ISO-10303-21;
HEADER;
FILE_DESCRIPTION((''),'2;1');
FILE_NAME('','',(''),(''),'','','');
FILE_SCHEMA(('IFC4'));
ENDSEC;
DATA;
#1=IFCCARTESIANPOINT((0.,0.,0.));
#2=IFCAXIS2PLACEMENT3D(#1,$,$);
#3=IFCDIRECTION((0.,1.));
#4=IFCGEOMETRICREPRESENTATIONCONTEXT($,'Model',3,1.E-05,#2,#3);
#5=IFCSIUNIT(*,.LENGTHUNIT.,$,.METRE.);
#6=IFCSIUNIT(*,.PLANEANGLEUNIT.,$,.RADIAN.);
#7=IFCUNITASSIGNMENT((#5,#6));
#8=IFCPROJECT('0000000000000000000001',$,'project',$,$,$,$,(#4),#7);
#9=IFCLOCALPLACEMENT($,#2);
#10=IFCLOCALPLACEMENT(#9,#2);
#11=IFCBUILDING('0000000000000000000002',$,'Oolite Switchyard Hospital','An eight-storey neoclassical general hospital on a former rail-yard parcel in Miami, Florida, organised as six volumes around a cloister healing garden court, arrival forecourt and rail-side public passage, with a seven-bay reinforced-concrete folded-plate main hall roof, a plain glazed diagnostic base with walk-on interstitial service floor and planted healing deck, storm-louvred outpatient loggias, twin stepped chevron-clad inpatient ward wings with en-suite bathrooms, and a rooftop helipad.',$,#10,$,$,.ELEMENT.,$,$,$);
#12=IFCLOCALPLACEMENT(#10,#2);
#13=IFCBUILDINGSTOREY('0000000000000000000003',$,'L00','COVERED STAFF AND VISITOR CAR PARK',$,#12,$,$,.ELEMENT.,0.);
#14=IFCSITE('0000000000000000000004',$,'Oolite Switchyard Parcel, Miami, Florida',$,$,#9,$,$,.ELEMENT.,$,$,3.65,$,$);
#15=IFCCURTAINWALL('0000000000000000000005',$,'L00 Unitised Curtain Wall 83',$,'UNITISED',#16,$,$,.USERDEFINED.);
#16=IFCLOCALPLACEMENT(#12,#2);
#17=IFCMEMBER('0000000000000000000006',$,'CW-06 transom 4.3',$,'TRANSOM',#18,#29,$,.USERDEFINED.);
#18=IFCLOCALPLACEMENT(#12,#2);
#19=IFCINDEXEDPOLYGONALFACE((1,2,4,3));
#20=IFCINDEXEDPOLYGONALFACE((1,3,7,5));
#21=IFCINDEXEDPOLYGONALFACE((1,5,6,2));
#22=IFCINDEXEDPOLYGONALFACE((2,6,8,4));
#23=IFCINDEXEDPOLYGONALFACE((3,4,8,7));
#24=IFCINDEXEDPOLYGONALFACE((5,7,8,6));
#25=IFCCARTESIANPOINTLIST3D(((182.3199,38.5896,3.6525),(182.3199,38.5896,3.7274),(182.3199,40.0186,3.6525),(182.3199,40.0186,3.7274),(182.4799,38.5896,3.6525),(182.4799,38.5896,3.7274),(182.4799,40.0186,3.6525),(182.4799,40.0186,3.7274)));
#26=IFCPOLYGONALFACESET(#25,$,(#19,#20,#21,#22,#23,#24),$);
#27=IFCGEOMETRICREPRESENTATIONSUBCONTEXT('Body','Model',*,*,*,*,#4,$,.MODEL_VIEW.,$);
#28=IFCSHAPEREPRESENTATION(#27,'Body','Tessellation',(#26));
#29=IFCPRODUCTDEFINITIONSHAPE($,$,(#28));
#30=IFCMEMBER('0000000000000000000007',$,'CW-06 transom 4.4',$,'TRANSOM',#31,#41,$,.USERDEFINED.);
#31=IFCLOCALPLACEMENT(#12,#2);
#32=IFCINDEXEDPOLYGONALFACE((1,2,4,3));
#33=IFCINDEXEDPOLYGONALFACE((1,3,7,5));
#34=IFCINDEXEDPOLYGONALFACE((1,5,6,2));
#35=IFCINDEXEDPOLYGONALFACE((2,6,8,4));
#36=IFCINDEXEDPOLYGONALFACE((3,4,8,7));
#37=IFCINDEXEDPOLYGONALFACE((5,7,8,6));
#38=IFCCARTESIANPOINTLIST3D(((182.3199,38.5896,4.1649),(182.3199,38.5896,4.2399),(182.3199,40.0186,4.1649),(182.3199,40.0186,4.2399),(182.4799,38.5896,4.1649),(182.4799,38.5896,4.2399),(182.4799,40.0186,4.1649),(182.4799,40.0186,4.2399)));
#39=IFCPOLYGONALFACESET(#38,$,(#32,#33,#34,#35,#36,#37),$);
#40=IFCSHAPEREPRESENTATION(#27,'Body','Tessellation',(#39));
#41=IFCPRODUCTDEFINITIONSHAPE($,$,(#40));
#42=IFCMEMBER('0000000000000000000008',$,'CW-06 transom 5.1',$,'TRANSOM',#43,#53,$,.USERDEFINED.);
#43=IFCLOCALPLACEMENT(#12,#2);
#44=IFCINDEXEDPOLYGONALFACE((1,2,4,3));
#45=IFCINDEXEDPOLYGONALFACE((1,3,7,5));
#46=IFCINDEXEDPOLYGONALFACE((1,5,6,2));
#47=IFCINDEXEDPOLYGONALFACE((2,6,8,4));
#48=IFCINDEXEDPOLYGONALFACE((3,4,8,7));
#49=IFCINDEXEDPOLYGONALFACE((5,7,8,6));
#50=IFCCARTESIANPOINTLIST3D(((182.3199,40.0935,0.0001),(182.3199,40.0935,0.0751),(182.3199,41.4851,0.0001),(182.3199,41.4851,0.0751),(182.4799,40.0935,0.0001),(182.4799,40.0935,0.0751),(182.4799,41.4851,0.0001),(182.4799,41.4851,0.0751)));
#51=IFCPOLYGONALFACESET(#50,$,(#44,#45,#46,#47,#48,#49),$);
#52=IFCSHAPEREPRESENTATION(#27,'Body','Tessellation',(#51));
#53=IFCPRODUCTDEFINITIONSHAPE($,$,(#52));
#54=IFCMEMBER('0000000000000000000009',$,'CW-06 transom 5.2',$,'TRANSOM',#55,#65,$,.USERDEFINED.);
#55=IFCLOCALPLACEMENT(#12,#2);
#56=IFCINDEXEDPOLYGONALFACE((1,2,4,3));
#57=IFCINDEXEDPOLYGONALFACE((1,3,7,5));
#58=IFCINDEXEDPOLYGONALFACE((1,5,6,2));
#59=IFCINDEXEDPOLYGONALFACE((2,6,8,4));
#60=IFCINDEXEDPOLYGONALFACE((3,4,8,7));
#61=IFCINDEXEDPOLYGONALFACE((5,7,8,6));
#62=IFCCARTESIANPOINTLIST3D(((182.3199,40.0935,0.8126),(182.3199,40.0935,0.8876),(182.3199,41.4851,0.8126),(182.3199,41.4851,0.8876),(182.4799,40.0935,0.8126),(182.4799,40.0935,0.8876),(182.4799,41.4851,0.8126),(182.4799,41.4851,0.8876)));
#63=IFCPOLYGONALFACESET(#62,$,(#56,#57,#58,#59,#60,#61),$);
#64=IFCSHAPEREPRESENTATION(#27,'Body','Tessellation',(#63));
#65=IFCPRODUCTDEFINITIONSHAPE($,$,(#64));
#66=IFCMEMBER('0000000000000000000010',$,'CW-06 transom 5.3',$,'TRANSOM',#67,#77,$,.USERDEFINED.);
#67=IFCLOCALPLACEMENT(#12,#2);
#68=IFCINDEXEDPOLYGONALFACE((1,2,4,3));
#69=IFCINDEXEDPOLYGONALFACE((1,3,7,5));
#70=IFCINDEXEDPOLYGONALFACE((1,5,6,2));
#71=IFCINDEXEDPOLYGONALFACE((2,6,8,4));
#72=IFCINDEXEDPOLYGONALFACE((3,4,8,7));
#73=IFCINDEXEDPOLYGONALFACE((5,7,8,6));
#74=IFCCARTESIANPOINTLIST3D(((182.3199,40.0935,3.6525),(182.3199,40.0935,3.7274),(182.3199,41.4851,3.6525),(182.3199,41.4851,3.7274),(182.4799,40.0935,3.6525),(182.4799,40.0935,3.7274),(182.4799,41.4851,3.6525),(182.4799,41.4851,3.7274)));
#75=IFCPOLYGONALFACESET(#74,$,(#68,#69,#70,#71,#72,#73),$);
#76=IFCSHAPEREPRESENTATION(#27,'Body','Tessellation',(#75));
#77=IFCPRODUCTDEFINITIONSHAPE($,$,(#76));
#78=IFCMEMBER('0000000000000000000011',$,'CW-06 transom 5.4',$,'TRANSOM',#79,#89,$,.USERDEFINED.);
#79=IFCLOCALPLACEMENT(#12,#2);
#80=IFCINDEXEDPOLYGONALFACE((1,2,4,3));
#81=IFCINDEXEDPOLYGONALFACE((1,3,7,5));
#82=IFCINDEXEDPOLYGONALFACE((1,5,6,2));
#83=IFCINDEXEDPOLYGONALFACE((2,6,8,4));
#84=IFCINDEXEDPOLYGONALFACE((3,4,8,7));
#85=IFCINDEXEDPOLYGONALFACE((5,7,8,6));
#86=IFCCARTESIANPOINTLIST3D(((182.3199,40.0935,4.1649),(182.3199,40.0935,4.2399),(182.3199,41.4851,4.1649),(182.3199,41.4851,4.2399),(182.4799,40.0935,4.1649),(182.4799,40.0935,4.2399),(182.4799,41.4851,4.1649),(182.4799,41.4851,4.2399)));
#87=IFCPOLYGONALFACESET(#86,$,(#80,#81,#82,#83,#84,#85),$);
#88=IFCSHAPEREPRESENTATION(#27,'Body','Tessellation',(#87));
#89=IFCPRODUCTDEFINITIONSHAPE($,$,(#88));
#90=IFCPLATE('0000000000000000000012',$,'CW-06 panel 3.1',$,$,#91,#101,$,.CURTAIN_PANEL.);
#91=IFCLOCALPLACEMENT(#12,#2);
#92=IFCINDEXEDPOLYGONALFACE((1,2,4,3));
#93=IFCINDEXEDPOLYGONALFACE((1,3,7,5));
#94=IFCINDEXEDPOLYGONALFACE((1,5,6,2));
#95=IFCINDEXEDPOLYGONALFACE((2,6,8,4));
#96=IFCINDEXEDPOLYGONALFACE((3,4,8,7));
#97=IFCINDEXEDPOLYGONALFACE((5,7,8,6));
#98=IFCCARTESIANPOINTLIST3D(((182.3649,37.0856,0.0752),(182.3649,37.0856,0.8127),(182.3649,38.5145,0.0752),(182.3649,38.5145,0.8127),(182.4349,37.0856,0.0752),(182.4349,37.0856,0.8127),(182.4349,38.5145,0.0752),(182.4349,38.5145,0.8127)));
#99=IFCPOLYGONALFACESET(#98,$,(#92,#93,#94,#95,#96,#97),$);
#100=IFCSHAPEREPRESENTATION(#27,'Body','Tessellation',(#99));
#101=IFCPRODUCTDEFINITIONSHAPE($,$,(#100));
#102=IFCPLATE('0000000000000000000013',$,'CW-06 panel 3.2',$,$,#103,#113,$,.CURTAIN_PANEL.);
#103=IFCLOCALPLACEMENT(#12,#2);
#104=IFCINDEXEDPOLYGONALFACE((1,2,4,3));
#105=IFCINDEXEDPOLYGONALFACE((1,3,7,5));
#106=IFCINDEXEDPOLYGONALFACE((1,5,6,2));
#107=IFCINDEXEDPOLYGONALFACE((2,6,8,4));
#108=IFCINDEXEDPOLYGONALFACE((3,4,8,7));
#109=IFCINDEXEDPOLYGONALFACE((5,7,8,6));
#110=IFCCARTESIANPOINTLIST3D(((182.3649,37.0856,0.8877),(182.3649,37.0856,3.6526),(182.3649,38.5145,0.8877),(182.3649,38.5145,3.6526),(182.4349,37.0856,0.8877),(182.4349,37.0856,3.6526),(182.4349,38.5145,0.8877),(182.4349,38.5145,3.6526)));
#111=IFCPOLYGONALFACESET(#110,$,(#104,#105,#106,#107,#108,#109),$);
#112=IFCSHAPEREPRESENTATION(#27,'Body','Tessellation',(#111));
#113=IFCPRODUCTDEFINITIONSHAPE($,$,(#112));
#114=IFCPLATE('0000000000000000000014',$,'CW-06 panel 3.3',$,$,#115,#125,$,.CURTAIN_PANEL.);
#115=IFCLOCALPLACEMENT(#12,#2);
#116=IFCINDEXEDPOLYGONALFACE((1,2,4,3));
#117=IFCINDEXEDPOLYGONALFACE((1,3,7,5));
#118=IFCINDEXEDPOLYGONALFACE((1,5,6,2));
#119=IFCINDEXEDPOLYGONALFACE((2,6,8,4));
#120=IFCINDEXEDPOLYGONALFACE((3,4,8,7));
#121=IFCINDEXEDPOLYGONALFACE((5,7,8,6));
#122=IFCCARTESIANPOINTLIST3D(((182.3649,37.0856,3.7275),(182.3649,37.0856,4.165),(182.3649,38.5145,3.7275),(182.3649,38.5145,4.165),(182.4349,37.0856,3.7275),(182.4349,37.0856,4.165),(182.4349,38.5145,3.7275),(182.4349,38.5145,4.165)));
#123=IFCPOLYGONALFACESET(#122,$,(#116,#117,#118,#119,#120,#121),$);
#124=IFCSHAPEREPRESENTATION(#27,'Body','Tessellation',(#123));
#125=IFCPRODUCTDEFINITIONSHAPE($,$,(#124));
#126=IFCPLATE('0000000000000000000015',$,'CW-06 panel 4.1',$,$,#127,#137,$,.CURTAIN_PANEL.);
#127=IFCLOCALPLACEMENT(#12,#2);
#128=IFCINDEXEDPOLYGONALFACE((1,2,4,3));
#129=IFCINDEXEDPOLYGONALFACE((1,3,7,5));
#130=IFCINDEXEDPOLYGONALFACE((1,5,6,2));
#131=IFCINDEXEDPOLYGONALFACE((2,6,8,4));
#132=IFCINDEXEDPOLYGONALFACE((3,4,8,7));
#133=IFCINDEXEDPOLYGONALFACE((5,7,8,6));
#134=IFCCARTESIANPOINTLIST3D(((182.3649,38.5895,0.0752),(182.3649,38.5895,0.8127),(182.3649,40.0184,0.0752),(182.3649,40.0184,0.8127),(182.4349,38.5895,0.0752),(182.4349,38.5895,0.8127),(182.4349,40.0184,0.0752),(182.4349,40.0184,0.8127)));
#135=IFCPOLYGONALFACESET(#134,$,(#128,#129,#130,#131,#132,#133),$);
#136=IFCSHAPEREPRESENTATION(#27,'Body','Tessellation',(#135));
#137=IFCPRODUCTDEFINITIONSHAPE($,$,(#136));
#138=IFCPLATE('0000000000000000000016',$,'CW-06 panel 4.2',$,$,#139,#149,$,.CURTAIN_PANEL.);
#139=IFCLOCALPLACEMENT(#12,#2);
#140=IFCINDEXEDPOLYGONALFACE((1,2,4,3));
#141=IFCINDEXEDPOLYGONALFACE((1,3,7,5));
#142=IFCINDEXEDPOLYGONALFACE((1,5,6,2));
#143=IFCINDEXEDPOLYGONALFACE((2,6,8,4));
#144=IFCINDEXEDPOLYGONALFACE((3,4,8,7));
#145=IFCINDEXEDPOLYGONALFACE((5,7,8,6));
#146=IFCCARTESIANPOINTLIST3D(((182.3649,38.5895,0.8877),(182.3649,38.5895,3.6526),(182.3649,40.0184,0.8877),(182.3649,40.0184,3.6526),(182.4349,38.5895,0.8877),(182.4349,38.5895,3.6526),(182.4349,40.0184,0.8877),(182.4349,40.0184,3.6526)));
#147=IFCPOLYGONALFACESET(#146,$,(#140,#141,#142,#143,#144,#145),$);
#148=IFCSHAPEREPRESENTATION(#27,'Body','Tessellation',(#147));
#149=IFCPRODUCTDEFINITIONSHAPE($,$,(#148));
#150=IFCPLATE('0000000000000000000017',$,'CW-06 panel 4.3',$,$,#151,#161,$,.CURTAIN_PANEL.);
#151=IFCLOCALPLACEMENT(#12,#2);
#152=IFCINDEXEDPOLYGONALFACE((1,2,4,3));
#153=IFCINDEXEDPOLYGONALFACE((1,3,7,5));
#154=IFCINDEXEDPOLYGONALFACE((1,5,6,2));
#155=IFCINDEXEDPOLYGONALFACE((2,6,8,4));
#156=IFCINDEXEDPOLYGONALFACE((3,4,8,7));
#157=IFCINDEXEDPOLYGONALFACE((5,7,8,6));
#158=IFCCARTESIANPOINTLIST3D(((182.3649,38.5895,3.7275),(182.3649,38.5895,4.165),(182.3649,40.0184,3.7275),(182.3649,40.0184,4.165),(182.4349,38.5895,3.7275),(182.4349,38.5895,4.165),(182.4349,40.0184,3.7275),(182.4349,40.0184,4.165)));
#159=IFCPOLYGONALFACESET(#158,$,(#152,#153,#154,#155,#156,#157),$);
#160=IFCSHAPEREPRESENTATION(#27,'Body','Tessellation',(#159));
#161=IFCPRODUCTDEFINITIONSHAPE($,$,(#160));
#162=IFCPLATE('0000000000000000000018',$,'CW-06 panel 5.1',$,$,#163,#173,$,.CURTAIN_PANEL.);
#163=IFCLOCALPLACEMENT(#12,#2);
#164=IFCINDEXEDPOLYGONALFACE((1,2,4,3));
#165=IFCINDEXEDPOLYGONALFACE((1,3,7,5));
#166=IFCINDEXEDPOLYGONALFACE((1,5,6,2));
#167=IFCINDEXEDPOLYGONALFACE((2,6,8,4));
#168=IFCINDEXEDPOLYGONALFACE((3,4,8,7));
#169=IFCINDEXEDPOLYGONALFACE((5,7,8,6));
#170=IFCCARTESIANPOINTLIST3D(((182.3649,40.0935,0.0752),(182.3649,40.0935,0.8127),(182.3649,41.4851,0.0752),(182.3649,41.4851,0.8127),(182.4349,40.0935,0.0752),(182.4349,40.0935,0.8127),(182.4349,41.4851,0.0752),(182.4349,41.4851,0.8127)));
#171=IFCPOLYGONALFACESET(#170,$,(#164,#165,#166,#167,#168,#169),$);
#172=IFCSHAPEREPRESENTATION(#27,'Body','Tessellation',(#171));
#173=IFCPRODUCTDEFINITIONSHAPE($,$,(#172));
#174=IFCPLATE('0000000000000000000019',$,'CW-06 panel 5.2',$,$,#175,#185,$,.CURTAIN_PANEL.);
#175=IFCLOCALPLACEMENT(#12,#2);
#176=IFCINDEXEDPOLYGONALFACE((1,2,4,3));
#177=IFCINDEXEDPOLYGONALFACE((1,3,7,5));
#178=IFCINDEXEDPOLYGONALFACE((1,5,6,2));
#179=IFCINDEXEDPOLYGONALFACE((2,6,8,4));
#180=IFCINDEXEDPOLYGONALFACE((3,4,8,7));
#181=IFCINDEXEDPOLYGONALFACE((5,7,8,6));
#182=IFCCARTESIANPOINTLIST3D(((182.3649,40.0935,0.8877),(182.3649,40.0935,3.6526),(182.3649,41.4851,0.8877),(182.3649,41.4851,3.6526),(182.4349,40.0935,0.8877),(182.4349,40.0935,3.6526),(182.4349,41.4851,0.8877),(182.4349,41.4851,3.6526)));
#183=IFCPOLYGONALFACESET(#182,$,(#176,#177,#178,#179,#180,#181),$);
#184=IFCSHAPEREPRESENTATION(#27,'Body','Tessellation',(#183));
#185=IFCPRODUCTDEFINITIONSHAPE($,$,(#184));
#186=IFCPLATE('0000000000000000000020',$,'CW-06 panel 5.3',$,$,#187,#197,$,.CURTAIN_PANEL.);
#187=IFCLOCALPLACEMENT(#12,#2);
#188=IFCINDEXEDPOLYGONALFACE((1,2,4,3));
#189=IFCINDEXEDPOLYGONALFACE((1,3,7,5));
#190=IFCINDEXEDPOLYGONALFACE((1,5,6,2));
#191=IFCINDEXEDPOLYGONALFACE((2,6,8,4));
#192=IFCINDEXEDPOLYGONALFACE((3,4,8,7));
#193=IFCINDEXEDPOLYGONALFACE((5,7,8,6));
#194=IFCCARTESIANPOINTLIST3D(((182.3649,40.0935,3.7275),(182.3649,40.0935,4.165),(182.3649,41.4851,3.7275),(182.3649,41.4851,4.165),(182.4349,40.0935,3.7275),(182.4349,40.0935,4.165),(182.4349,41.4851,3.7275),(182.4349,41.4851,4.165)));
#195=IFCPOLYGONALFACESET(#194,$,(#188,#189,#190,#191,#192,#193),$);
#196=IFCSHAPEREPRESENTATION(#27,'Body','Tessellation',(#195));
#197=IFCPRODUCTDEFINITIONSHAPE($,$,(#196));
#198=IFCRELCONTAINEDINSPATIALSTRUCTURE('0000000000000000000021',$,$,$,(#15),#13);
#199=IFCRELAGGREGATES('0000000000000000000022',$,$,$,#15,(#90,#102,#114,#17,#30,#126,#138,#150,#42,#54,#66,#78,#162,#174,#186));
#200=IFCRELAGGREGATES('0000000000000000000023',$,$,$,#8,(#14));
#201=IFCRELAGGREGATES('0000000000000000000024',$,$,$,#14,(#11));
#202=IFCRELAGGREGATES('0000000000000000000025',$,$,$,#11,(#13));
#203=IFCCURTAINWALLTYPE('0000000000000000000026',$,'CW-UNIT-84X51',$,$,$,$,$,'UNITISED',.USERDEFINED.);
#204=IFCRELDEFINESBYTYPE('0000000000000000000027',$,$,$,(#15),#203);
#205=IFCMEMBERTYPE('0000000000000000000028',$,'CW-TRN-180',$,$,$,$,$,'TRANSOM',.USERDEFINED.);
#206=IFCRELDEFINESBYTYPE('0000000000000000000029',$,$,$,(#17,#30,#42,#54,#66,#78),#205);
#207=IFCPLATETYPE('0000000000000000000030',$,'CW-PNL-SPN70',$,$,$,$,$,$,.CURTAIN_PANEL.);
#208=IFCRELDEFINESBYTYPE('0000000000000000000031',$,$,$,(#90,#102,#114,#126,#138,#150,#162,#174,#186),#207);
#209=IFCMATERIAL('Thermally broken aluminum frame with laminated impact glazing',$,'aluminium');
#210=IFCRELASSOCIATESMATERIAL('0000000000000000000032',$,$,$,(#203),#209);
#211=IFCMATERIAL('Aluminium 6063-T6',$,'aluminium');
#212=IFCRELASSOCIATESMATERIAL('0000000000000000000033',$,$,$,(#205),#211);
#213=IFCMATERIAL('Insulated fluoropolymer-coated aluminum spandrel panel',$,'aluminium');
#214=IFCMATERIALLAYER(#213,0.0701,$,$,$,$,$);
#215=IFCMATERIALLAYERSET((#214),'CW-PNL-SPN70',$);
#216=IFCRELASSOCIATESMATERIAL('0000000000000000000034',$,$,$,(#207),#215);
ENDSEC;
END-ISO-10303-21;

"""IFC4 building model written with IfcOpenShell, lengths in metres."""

from ifc_helpers import new_model, si_unit, direction, frame, origin, origin_2d, place, context, subcontext, project, spatial, rectangle, extrude, material, layer, layer_set, material_profile, profile_set, type_object, element, aggregate, save


model = new_model("IFC4")

# Units and contexts
model_context = context("Model", 3, precision=1e-05, world=origin(), true_north=direction((0.0, 1.0)))
body_context = subcontext(model_context, "Body", "Model", "MODEL_VIEW")
ifc_project = project(units=[si_unit("LENGTHUNIT", "METRE"), si_unit("PLANEANGLEUNIT", "RADIAN")], contexts=[model_context])

# Site, building, storey
site_placement = place(None, origin())
site = spatial("IfcSite", under=ifc_project, at=site_placement, Name="Oolite Switchyard Parcel, Miami, Florida", CompositionType="ELEMENT", RefElevation=3.65)
building_placement = place(site_placement, origin())
building = spatial("IfcBuilding", under=site, at=building_placement, Name="Oolite Switchyard Hospital", Description="An eight-storey neoclassical general hospital on a former rail-yard parcel in Miami, Florida, organised as six volumes around a cloister healing garden court, arrival forecourt and rail-side public passage, with a seven-bay reinforced-concrete folded-plate main hall roof, a plain glazed diagnostic base with walk-on interstitial service floor and planted healing deck, storm-louvred outpatient loggias, twin stepped chevron-clad inpatient ward wings with en-suite bathrooms, and a rooftop helipad.", CompositionType="ELEMENT")
storey_placement = place(building_placement, origin())
storey = spatial("IfcBuildingStorey", under=building, at=storey_placement, Name="L00", Description="COVERED STAFF AND VISITOR CAR PARK", CompositionType="ELEMENT", Elevation=0.0)

# Curtain wall, members, plates
ifc_material_1 = material(Name="Thermally broken aluminum frame with laminated impact glazing", Category="aluminium")
curtain_wall_type = type_object("IfcCurtainWallType", Name="CW-UNIT-84X51", ElementType="UNITISED", PredefinedType="USERDEFINED", material=ifc_material_1)
curtain_wall_placement = place(storey_placement, origin())
curtain_wall = element("IfcCurtainWall", 1, at=curtain_wall_placement, inside=storey, type_object=curtain_wall_type, Name="L00 Unitised Curtain Wall 83", ObjectType="UNITISED", PredefinedType="USERDEFINED")
ifc_material_2 = material(Name="Aluminium 6063-T6", Category="aluminium")
ifc_material_profile_1 = material_profile(ifc_material_2, rectangle(XDim=0.1599, YDim=0.075, at=origin_2d()), Name="CWT75X160")
ifc_profile_set_1 = profile_set([ifc_material_profile_1], Name="Aluminium 6063-T6")
member_type_1 = type_object("IfcMemberType", Name="CW-TRN-180", ElementType="TRANSOM", PredefinedType="USERDEFINED", material=ifc_profile_set_1)
member_1_placement = place(storey_placement, frame((182.3999, 38.5896, 3.6899), z_axis=(0.0, 1.0, 0.0), x_axis=(-1.0, 0.0, 0.0)))
member_1 = element("IfcMember", 2, at=member_1_placement, type_object=member_type_1, Name="CW-06 transom 4.3", ObjectType="TRANSOM", PredefinedType="USERDEFINED", context=body_context, shape_type="SweptSolid", body=[
    extrude(rectangle(XDim=0.1599, YDim=0.075, at=origin_2d()), origin(), (0.0, 0.0, 1.0), 1.429),
])
member_2_placement = place(storey_placement, frame((182.3999, 38.5896, 4.2024), z_axis=(0.0, 1.0, 0.0), x_axis=(-1.0, 0.0, 0.0)))
member_2 = element("IfcMember", 3, at=member_2_placement, type_object=member_type_1, Name="CW-06 transom 4.4", ObjectType="TRANSOM", PredefinedType="USERDEFINED", context=body_context, shape_type="SweptSolid", body=[
    extrude(rectangle(XDim=0.1599, YDim=0.075, at=origin_2d()), origin(), (0.0, 0.0, 1.0), 1.429),
])
member_3_placement = place(storey_placement, frame((182.3999, 40.0935, 0.0376), z_axis=(0.0, 1.0, 0.0), x_axis=(-1.0, 0.0, 0.0)))
member_3 = element("IfcMember", 4, at=member_3_placement, type_object=member_type_1, Name="CW-06 transom 5.1", ObjectType="TRANSOM", PredefinedType="USERDEFINED", context=body_context, shape_type="SweptSolid", body=[
    extrude(rectangle(XDim=0.1599, YDim=0.075, at=origin_2d()), origin(), (0.0, 0.0, 1.0), 1.3916),
])
member_4_placement = place(storey_placement, frame((182.3999, 40.0935, 0.8501), z_axis=(0.0, 1.0, 0.0), x_axis=(-1.0, 0.0, 0.0)))
member_4 = element("IfcMember", 5, at=member_4_placement, type_object=member_type_1, Name="CW-06 transom 5.2", ObjectType="TRANSOM", PredefinedType="USERDEFINED", context=body_context, shape_type="SweptSolid", body=[
    extrude(rectangle(XDim=0.1599, YDim=0.075, at=origin_2d()), origin(), (0.0, 0.0, 1.0), 1.3916),
])
member_5_placement = place(storey_placement, frame((182.3999, 40.0935, 3.6899), z_axis=(0.0, 1.0, 0.0), x_axis=(-1.0, 0.0, 0.0)))
member_5 = element("IfcMember", 6, at=member_5_placement, type_object=member_type_1, Name="CW-06 transom 5.3", ObjectType="TRANSOM", PredefinedType="USERDEFINED", context=body_context, shape_type="SweptSolid", body=[
    extrude(rectangle(XDim=0.1599, YDim=0.075, at=origin_2d()), origin(), (0.0, 0.0, 1.0), 1.3916),
])
member_6_placement = place(storey_placement, frame((182.3999, 40.0935, 4.2024), z_axis=(0.0, 1.0, 0.0), x_axis=(-1.0, 0.0, 0.0)))
member_6 = element("IfcMember", 7, at=member_6_placement, type_object=member_type_1, Name="CW-06 transom 5.4", ObjectType="TRANSOM", PredefinedType="USERDEFINED", context=body_context, shape_type="SweptSolid", body=[
    extrude(rectangle(XDim=0.1599, YDim=0.075, at=origin_2d()), origin(), (0.0, 0.0, 1.0), 1.3916),
])
ifc_material_3 = material(Name="Insulated fluoropolymer-coated aluminum spandrel panel", Category="aluminium")
ifc_layer = layer(ifc_material_3, 0.0701)
ifc_layer_set = layer_set([ifc_layer], Name="CW-PNL-SPN70")
plate_type = type_object("IfcPlateType", Name="CW-PNL-SPN70", PredefinedType="CURTAIN_PANEL", material=ifc_layer_set)
plate_1_placement = place(storey_placement, frame((182.3999, 37.8, 0.0752), z_axis=(0.0, 0.0, 1.0), x_axis=(0.0, 1.0, 0.0)))
plate_1 = element("IfcPlate", 8, at=plate_1_placement, type_object=plate_type, Name="CW-06 panel 3.1", PredefinedType="CURTAIN_PANEL", context=body_context, shape_type="SweptSolid", body=[
    extrude(rectangle(XDim=1.429, YDim=0.0701, at=origin_2d()), origin(), (0.0, 0.0, 1.0), 0.7375),
])
plate_2_placement = place(storey_placement, frame((182.3999, 37.8, 0.8877), z_axis=(0.0, 0.0, 1.0), x_axis=(0.0, 1.0, 0.0)))
plate_2 = element("IfcPlate", 9, at=plate_2_placement, type_object=plate_type, Name="CW-06 panel 3.2", PredefinedType="CURTAIN_PANEL", context=body_context, shape_type="SweptSolid", body=[
    extrude(rectangle(XDim=1.429, YDim=0.0701, at=origin_2d()), origin(), (0.0, 0.0, 1.0), 2.7649),
])
plate_3_placement = place(storey_placement, frame((182.3999, 37.8, 3.7275), z_axis=(0.0, 0.0, 1.0), x_axis=(0.0, 1.0, 0.0)))
plate_3 = element("IfcPlate", 10, at=plate_3_placement, type_object=plate_type, Name="CW-06 panel 3.3", PredefinedType="CURTAIN_PANEL", context=body_context, shape_type="SweptSolid", body=[
    extrude(rectangle(XDim=1.429, YDim=0.0701, at=origin_2d()), origin(), (0.0, 0.0, 1.0), 0.4375),
])
plate_4_placement = place(storey_placement, frame((182.3999, 39.304, 0.0752), z_axis=(0.0, 0.0, 1.0), x_axis=(0.0, 1.0, 0.0)))
plate_4 = element("IfcPlate", 11, at=plate_4_placement, type_object=plate_type, Name="CW-06 panel 4.1", PredefinedType="CURTAIN_PANEL", context=body_context, shape_type="SweptSolid", body=[
    extrude(rectangle(XDim=1.429, YDim=0.0701, at=origin_2d()), origin(), (0.0, 0.0, 1.0), 0.7375),
])
plate_5_placement = place(storey_placement, frame((182.3999, 39.304, 0.8877), z_axis=(0.0, 0.0, 1.0), x_axis=(0.0, 1.0, 0.0)))
plate_5 = element("IfcPlate", 12, at=plate_5_placement, type_object=plate_type, Name="CW-06 panel 4.2", PredefinedType="CURTAIN_PANEL", context=body_context, shape_type="SweptSolid", body=[
    extrude(rectangle(XDim=1.429, YDim=0.0701, at=origin_2d()), origin(), (0.0, 0.0, 1.0), 2.7649),
])
plate_6_placement = place(storey_placement, frame((182.3999, 39.304, 3.7275), z_axis=(0.0, 0.0, 1.0), x_axis=(0.0, 1.0, 0.0)))
plate_6 = element("IfcPlate", 13, at=plate_6_placement, type_object=plate_type, Name="CW-06 panel 4.3", PredefinedType="CURTAIN_PANEL", context=body_context, shape_type="SweptSolid", body=[
    extrude(rectangle(XDim=1.429, YDim=0.0701, at=origin_2d()), origin(), (0.0, 0.0, 1.0), 0.4375),
])
plate_7_placement = place(storey_placement, frame((182.3999, 40.7893, 0.0752), z_axis=(0.0, 0.0, 1.0), x_axis=(0.0, 1.0, 0.0)))
plate_7 = element("IfcPlate", 14, at=plate_7_placement, type_object=plate_type, Name="CW-06 panel 5.1", PredefinedType="CURTAIN_PANEL", context=body_context, shape_type="SweptSolid", body=[
    extrude(rectangle(XDim=1.3916, YDim=0.0701, at=origin_2d()), origin(), (0.0, 0.0, 1.0), 0.7375),
])
plate_8_placement = place(storey_placement, frame((182.3999, 40.7893, 0.8877), z_axis=(0.0, 0.0, 1.0), x_axis=(0.0, 1.0, 0.0)))
plate_8 = element("IfcPlate", 15, at=plate_8_placement, type_object=plate_type, Name="CW-06 panel 5.2", PredefinedType="CURTAIN_PANEL", context=body_context, shape_type="SweptSolid", body=[
    extrude(rectangle(XDim=1.3916, YDim=0.0701, at=origin_2d()), origin(), (0.0, 0.0, 1.0), 2.7649),
])
plate_9_placement = place(storey_placement, frame((182.3999, 40.7893, 3.7275), z_axis=(0.0, 0.0, 1.0), x_axis=(0.0, 1.0, 0.0)))
plate_9 = element("IfcPlate", 16, at=plate_9_placement, type_object=plate_type, Name="CW-06 panel 5.3", PredefinedType="CURTAIN_PANEL", context=body_context, shape_type="SweptSolid", body=[
    extrude(rectangle(XDim=1.3916, YDim=0.0701, at=origin_2d()), origin(), (0.0, 0.0, 1.0), 0.4375),
])
aggregate(curtain_wall, [plate_1, plate_2, plate_3, member_1, member_2, plate_4, plate_5, plate_6, member_3, member_4, member_5, member_6, plate_7, plate_8, plate_9])

save(model, "model.ifc")
